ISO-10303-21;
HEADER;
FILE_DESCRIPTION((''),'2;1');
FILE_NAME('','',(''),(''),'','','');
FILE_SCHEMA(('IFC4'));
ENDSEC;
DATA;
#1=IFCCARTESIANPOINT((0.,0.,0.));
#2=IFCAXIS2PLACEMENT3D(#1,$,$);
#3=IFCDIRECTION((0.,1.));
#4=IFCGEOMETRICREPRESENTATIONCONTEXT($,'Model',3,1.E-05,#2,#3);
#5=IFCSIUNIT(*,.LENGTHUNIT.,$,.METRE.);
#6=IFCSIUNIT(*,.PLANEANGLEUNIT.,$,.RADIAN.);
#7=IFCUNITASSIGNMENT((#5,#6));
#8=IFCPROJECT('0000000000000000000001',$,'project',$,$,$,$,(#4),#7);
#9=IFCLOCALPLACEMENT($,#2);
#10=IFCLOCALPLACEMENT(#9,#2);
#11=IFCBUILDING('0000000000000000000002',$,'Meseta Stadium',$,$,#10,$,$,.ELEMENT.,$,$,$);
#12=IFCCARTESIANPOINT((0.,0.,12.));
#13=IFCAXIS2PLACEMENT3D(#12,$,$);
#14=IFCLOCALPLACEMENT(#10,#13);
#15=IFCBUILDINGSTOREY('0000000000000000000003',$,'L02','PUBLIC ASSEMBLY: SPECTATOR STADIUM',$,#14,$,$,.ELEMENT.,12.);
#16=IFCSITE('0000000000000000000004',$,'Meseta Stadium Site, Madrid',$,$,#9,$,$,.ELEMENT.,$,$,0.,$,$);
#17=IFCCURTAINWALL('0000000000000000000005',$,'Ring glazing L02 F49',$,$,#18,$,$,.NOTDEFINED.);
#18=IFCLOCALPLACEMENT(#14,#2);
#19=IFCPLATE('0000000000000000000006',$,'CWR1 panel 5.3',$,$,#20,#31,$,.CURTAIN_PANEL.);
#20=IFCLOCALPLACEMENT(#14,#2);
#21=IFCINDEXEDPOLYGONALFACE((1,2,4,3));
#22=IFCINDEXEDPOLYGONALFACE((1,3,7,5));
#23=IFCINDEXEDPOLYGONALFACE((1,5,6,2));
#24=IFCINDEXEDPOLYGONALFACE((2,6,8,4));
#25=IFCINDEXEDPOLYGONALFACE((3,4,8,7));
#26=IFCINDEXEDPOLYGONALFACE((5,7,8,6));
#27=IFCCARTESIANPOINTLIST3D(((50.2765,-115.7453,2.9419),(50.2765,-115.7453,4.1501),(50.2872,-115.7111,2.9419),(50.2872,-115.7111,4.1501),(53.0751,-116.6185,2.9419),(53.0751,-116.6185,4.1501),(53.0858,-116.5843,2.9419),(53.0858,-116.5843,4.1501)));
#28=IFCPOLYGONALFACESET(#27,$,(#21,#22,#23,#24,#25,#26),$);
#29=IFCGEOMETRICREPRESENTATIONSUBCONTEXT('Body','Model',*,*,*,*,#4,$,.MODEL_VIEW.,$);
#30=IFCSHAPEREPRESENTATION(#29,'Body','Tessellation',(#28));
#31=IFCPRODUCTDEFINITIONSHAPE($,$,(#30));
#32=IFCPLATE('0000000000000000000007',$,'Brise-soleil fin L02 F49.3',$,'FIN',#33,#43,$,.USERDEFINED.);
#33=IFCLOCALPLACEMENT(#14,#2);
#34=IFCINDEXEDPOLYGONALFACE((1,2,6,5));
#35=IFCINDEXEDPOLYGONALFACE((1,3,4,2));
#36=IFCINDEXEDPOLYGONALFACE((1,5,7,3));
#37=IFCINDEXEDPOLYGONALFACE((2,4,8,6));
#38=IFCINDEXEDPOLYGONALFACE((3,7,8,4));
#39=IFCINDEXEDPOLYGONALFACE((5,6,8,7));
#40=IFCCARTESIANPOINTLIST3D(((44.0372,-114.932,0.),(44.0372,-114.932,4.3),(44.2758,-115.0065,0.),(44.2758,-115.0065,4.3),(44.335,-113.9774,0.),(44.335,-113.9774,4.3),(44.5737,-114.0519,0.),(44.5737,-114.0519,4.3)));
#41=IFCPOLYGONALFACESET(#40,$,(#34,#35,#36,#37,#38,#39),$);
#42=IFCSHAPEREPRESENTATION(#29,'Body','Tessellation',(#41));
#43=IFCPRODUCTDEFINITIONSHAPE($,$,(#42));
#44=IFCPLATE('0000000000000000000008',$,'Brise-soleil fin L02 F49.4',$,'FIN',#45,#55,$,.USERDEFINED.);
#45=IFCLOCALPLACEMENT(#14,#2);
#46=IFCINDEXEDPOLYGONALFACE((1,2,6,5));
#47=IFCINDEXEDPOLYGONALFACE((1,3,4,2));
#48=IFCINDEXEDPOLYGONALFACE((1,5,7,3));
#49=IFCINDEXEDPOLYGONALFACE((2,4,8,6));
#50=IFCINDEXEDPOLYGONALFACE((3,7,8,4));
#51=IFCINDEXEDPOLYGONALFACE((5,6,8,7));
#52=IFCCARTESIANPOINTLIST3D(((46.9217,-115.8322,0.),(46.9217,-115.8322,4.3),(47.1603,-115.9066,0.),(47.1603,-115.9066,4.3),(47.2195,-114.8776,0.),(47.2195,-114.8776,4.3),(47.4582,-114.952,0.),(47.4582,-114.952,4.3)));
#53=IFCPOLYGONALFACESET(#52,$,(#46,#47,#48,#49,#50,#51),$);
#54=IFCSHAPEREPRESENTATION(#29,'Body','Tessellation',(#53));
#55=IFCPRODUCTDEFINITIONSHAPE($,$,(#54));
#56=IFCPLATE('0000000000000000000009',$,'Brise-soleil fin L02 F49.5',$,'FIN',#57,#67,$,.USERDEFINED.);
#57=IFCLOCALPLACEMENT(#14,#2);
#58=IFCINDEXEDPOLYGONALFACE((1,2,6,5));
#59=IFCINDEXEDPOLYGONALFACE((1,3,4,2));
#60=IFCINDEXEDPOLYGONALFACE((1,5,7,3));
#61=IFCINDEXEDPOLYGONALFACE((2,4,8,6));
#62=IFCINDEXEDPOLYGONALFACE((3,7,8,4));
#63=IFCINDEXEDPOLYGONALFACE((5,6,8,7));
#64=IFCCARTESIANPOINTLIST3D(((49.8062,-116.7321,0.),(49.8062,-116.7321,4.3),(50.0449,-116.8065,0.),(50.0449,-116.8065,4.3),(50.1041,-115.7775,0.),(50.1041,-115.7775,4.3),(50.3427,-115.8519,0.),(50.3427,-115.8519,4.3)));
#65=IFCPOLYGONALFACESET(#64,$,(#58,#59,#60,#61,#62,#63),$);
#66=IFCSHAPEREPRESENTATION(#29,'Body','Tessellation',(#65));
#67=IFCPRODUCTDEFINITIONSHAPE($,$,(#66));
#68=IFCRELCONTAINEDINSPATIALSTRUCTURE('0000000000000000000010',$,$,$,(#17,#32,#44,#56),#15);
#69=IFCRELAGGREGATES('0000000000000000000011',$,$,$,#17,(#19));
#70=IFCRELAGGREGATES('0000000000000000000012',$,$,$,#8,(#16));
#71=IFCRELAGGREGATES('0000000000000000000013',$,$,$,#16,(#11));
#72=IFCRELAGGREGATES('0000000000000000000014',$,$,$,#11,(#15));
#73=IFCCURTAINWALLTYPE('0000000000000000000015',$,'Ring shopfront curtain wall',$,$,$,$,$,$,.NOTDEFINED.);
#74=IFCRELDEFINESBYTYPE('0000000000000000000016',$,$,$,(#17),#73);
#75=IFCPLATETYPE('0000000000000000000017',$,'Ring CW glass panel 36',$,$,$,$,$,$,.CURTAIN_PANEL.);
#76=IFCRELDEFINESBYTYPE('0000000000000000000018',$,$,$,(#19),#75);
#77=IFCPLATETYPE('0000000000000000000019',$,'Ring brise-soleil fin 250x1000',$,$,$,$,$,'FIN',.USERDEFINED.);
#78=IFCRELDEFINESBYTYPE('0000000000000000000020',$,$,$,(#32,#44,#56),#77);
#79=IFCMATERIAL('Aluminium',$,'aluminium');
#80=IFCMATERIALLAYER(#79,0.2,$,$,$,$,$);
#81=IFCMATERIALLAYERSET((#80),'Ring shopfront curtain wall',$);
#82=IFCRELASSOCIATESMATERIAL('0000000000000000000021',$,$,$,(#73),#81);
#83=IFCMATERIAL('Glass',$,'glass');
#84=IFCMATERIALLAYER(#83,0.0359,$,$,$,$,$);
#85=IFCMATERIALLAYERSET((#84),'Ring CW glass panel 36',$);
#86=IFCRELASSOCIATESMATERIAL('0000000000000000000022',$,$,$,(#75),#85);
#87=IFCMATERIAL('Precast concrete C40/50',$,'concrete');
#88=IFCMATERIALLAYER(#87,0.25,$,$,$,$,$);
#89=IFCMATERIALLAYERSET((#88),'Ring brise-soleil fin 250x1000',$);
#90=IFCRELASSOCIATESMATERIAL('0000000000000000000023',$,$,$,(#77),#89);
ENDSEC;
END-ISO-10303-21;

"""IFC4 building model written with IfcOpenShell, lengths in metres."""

from ifc_helpers import new_model, si_unit, direction, frame, origin, origin_2d, place, context, subcontext, project, spatial, rectangle, extrude, material, layer, layer_set, type_object, element, aggregate, save


model = new_model("IFC4")

# Units and contexts
model_context = context("Model", 3, precision=1e-05, world=origin(), true_north=direction((0.0, 1.0)))
body_context = subcontext(model_context, "Body", "Model", "MODEL_VIEW")
ifc_project = project(units=[si_unit("LENGTHUNIT", "METRE"), si_unit("PLANEANGLEUNIT", "RADIAN")], contexts=[model_context])

# Site, building, storey
site_placement = place(None, origin())
site = spatial("IfcSite", under=ifc_project, at=site_placement, Name="Meseta Stadium Site, Madrid", CompositionType="ELEMENT", RefElevation=0.0)
building_placement = place(site_placement, origin())
building = spatial("IfcBuilding", under=site, at=building_placement, Name="Meseta Stadium", CompositionType="ELEMENT")
storey_placement = place(building_placement, frame((0.0, 0.0, 12.0)))
storey = spatial("IfcBuildingStorey", under=building, at=storey_placement, Name="L02", Description="PUBLIC ASSEMBLY: SPECTATOR STADIUM", CompositionType="ELEMENT", Elevation=12.0)

# Curtain wall, plate
ifc_material_1 = material(Name="Aluminium", Category="aluminium")
ifc_layer_1 = layer(ifc_material_1, 0.2)
ifc_layer_set_1 = layer_set([ifc_layer_1], Name="Ring shopfront curtain wall")
curtain_wall_type = type_object("IfcCurtainWallType", Name="Ring shopfront curtain wall", PredefinedType="NOTDEFINED", material=ifc_layer_set_1)
curtain_wall_placement = place(storey_placement, origin())
curtain_wall = element("IfcCurtainWall", 1, at=curtain_wall_placement, inside=storey, type_object=curtain_wall_type, Name="Ring glazing L02 F49", PredefinedType="NOTDEFINED")
ifc_material_2 = material(Name="Glass", Category="glass")
ifc_layer_2 = layer(ifc_material_2, 0.0359)
ifc_layer_set_2 = layer_set([ifc_layer_2], Name="Ring CW glass panel 36")
plate_type_1 = type_object("IfcPlateType", Name="Ring CW glass panel 36", PredefinedType="CURTAIN_PANEL", material=ifc_layer_set_2)
plate_1_placement = place(storey_placement, frame((51.6812, -116.1648, 2.9419), z_axis=(0.0, 0.0, 1.0), x_axis=(0.954609, -0.297861, 0.0)))
plate_1 = element("IfcPlate", 2, at=plate_1_placement, type_object=plate_type_1, Name="CWR1 panel 5.3", PredefinedType="CURTAIN_PANEL", context=body_context, shape_type="SweptSolid", body=[
    extrude(rectangle(XDim=2.9316, YDim=0.0359, at=origin_2d()), origin(), (0.0, 0.0, 1.0), 1.2083),
])
aggregate(curtain_wall, [plate_1])

# Plates
ifc_material_3 = material(Name="Precast concrete C40/50", Category="concrete")
ifc_layer_3 = layer(ifc_material_3, 0.25)
ifc_layer_set_3 = layer_set([ifc_layer_3], Name="Ring brise-soleil fin 250x1000")
plate_type_2 = type_object("IfcPlateType", Name="Ring brise-soleil fin 250x1000", ElementType="FIN", PredefinedType="USERDEFINED", material=ifc_layer_set_3)
for number, where, z_axis, x_axis, name in (
    (3, (44.3054, -114.4919, 0.0), (0.0, 0.0, 1.0), (0.954611, -0.297856, 0.0), "Brise-soleil fin L02 F49.3"),
    (4, (47.1899, -115.3921, 0.0), (0.0, 0.0, 1.0), (0.954611, -0.297856, 0.0), "Brise-soleil fin L02 F49.4"),
    (5, (50.0745, -116.292, 0.0), (0.0, 0.0, 1.0), (0.954611, -0.297856, 0.0), "Brise-soleil fin L02 F49.5"),
):
    element("IfcPlate", number, at=place(storey_placement, frame(where, z_axis=z_axis, x_axis=x_axis)), inside=storey, type_object=plate_type_2, Name=name, ObjectType="FIN", PredefinedType="USERDEFINED", context=body_context, shape_type="SweptSolid", body=[
        extrude(rectangle(XDim=0.25, YDim=1.0, at=origin_2d()), origin(), (0.0, 0.0, 1.0), 4.3),
    ])

save(model, "model.ifc")
